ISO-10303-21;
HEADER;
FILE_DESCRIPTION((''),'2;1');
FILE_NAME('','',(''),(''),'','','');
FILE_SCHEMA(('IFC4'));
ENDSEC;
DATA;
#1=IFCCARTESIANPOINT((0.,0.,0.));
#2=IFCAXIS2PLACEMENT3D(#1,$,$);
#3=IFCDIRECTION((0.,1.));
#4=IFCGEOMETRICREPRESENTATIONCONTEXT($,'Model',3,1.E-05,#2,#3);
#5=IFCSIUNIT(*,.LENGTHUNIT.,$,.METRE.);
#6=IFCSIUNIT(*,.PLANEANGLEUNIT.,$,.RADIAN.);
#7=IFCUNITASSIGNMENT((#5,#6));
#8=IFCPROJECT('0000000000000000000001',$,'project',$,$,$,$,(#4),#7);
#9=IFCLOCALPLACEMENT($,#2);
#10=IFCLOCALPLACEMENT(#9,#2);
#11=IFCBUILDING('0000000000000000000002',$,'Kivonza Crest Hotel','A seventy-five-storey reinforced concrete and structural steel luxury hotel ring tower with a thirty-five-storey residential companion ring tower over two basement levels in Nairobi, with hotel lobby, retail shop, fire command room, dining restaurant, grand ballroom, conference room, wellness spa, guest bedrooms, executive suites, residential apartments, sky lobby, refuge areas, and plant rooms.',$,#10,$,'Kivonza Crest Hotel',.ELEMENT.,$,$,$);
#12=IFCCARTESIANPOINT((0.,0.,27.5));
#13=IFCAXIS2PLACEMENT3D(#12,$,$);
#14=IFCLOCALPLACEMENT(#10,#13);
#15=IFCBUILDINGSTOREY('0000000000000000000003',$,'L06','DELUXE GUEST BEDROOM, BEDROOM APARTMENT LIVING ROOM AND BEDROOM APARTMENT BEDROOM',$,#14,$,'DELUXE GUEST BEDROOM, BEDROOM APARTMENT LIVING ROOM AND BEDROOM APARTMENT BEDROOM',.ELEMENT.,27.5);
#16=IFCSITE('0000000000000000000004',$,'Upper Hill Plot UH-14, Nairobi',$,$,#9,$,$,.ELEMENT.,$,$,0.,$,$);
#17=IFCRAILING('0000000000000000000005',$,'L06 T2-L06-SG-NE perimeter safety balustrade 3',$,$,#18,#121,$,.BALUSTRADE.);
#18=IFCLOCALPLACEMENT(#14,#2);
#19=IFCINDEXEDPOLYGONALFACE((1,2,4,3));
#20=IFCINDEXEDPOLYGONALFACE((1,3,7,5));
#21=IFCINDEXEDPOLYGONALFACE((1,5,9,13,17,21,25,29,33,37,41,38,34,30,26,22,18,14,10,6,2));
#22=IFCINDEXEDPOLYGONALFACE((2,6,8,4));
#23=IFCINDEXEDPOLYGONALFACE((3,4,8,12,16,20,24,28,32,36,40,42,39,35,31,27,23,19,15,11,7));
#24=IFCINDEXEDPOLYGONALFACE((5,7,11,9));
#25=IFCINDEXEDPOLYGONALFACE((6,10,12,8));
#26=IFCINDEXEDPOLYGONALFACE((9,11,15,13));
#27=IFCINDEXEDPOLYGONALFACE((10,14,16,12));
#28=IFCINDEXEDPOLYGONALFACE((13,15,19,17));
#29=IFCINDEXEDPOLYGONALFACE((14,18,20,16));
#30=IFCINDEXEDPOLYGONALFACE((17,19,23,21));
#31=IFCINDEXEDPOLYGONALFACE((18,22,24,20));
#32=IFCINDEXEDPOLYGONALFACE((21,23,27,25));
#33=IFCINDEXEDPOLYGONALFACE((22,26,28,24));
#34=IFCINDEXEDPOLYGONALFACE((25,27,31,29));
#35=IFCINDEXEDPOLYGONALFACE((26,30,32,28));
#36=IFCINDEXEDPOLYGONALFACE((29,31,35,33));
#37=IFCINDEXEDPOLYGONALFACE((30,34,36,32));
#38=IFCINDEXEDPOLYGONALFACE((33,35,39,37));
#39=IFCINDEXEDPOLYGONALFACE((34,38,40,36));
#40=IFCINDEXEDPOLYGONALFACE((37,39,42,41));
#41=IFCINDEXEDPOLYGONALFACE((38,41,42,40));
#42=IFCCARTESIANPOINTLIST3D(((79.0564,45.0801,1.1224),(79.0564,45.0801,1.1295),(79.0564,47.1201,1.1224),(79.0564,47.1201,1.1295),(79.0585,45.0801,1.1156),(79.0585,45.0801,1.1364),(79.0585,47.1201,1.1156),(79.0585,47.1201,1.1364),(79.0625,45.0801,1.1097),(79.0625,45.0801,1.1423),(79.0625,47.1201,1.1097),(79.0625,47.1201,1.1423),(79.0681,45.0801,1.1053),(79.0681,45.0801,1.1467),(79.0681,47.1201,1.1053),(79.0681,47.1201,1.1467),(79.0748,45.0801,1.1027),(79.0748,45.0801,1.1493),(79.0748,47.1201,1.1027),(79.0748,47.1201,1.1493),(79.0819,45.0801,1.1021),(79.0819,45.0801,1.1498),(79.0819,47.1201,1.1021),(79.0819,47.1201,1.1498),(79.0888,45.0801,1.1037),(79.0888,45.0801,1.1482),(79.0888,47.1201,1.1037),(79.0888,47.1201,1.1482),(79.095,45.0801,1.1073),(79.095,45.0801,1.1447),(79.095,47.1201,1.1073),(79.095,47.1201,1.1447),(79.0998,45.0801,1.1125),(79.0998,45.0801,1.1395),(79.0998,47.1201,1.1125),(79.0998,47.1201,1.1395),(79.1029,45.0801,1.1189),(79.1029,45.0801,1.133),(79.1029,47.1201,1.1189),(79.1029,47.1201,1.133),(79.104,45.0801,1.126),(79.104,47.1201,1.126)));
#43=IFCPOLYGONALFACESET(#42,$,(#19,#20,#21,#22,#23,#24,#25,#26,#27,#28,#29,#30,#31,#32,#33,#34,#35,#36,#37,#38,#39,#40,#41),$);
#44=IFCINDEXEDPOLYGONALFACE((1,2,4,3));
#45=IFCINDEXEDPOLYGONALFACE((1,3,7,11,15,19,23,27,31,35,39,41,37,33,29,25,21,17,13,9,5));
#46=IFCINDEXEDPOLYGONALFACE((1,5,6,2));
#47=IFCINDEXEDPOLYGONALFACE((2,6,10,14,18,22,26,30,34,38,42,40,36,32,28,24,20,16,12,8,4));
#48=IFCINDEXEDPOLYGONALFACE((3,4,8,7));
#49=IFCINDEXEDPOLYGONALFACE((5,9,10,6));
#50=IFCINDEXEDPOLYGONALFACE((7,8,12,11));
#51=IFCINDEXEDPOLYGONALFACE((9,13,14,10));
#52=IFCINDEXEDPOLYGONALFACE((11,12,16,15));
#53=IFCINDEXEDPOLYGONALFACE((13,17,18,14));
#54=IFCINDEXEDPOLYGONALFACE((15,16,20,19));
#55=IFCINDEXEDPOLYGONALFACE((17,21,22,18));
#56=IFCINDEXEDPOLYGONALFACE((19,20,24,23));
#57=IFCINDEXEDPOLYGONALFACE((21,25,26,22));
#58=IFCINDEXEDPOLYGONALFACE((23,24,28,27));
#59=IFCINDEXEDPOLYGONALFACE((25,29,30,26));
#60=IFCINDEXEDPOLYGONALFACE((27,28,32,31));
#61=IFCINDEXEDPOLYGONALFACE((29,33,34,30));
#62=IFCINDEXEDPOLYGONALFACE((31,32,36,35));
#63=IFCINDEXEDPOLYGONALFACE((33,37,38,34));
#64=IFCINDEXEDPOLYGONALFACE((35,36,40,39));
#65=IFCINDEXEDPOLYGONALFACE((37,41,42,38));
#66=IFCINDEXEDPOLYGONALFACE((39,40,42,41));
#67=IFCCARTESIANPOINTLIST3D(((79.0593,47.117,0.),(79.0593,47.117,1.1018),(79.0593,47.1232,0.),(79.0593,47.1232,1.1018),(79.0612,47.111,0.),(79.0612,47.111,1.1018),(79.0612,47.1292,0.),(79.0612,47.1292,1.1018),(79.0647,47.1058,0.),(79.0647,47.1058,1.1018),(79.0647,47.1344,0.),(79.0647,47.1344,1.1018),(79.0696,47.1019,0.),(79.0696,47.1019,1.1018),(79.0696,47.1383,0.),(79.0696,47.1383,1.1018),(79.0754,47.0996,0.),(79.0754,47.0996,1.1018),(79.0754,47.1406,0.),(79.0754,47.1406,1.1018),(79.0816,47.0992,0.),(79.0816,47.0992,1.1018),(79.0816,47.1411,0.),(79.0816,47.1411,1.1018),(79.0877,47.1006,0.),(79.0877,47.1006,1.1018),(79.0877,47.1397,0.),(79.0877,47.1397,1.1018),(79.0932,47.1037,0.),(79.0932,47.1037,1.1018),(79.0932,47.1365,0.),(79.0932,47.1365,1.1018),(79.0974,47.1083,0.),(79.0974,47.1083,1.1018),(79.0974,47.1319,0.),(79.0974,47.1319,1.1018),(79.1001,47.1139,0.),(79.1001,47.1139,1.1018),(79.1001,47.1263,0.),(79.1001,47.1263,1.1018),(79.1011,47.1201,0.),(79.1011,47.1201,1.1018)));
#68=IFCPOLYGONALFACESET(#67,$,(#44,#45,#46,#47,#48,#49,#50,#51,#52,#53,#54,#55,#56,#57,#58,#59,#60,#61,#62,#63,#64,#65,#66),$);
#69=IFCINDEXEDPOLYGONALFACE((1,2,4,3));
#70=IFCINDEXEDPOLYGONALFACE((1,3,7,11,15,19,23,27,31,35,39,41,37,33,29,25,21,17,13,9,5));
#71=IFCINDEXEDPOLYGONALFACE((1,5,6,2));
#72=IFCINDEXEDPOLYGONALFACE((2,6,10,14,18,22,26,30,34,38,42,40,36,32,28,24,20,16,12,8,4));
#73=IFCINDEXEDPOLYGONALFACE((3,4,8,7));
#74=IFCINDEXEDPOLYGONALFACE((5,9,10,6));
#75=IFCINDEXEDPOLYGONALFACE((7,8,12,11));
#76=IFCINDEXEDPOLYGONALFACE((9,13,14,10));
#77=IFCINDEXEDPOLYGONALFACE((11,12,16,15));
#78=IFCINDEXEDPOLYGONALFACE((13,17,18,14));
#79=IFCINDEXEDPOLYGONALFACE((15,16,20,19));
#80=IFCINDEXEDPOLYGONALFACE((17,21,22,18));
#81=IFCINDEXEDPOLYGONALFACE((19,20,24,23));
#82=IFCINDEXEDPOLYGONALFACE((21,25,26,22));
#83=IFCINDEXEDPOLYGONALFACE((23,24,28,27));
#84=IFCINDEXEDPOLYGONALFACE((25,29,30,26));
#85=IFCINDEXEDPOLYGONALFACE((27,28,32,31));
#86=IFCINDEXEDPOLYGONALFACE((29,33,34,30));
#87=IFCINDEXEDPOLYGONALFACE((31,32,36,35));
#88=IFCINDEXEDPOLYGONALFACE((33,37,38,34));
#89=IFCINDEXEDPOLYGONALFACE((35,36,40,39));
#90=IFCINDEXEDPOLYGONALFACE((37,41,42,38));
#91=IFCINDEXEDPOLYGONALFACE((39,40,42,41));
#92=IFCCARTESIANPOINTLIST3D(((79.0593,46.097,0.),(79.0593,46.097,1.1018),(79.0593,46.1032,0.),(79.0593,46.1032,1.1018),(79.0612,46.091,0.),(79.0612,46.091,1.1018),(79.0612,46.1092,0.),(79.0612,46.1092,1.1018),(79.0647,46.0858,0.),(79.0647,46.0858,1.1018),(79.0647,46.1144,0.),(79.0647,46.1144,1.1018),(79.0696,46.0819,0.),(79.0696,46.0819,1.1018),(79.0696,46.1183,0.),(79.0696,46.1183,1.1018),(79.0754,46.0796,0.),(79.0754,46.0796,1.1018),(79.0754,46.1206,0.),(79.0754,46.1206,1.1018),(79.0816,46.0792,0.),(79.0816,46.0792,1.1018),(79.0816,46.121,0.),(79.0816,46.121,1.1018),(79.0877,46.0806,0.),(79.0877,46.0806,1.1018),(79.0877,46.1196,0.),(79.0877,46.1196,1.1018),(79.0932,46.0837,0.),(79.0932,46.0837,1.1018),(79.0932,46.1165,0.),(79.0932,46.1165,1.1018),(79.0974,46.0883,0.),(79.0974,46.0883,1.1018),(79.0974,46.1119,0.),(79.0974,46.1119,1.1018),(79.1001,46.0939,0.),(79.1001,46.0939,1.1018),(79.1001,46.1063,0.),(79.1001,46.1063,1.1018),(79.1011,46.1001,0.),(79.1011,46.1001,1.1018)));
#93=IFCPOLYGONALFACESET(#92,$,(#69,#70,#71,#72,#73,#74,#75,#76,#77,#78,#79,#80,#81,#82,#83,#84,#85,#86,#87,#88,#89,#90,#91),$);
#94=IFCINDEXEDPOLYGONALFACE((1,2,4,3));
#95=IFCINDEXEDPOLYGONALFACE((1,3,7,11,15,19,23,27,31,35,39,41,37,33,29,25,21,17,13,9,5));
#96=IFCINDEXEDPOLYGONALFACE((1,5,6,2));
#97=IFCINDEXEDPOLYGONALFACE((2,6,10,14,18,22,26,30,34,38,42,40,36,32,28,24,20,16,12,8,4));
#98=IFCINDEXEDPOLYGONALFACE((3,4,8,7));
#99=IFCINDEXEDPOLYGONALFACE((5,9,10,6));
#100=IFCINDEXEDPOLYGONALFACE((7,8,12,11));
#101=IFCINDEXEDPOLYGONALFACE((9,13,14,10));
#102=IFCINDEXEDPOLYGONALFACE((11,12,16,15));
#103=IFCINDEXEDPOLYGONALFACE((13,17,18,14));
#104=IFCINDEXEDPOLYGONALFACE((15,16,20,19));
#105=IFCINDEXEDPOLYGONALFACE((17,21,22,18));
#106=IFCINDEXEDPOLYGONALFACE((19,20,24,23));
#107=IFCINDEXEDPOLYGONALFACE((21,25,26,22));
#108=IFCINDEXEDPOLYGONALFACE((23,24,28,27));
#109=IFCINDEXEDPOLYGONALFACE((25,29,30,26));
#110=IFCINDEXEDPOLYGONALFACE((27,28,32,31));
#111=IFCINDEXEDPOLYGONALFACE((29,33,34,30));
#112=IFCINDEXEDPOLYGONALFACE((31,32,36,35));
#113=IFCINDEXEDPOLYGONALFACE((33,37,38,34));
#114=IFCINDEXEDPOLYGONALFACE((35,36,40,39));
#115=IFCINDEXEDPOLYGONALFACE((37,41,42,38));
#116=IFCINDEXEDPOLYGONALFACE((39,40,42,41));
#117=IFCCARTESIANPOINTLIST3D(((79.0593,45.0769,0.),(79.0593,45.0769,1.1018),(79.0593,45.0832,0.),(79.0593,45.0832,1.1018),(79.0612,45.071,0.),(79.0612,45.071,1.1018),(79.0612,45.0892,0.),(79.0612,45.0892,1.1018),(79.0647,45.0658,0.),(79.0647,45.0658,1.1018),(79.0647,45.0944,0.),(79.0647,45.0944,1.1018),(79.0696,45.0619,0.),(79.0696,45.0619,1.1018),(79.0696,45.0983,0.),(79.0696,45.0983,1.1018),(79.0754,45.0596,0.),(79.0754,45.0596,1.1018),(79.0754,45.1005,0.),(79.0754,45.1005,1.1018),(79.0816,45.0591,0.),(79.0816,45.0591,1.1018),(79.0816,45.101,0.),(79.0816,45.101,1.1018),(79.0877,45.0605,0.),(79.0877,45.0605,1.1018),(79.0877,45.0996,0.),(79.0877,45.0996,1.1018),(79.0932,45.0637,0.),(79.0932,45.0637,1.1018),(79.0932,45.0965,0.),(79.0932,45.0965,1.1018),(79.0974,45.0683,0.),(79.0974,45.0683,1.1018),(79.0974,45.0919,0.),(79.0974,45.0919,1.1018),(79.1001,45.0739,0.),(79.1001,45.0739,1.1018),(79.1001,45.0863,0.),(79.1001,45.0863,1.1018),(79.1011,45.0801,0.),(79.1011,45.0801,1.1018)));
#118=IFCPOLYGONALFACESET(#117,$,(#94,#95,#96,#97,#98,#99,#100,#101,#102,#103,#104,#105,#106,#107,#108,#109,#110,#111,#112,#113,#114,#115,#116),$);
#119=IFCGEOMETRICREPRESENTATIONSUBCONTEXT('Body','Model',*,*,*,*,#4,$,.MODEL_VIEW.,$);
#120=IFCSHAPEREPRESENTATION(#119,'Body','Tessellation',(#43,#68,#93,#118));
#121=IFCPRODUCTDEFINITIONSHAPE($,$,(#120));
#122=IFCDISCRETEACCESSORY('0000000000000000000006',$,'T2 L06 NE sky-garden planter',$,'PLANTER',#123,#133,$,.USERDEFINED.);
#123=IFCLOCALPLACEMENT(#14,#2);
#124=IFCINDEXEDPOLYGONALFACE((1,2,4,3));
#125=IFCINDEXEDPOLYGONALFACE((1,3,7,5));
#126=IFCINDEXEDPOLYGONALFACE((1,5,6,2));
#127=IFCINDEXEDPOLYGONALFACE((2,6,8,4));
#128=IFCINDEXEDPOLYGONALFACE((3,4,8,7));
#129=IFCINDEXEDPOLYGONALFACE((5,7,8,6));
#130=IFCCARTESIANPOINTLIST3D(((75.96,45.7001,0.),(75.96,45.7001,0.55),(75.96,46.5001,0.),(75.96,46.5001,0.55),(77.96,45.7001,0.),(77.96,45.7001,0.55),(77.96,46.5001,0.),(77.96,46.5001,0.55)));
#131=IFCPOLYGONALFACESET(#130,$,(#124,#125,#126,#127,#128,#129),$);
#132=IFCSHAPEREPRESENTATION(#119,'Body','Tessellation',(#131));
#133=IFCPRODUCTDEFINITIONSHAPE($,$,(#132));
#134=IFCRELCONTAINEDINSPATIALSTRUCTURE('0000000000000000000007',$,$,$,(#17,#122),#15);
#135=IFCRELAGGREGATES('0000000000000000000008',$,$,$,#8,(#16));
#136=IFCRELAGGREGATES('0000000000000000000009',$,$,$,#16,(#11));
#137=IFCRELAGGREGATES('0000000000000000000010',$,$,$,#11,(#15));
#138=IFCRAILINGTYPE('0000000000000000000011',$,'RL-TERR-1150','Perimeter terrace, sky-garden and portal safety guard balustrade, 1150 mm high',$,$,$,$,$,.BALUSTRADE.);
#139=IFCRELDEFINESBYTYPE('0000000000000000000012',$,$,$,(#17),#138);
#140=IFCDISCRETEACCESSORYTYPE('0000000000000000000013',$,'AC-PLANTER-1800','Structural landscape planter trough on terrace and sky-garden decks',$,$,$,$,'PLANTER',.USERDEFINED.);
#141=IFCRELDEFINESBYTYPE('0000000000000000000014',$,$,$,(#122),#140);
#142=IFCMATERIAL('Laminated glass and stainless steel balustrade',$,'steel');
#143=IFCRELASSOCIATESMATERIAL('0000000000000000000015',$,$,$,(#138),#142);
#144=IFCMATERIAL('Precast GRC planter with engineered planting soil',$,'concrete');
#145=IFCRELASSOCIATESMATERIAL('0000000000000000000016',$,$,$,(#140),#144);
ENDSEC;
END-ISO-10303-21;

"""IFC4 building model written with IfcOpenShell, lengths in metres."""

from ifc_helpers import new_model, si_unit, direction, frame, origin, origin_2d, place, context, subcontext, project, spatial, rectangle, circle, extrude, material, type_object, element, save


model = new_model("IFC4")

# Units and contexts
model_context = context("Model", 3, precision=1e-05, world=origin(), true_north=direction((0.0, 1.0)))
body_context = subcontext(model_context, "Body", "Model", "MODEL_VIEW")
ifc_project = project(units=[si_unit("LENGTHUNIT", "METRE"), si_unit("PLANEANGLEUNIT", "RADIAN")], contexts=[model_context])

# Site, building, storey
site_placement = place(None, origin())
site = spatial("IfcSite", under=ifc_project, at=site_placement, Name="Upper Hill Plot UH-14, Nairobi", CompositionType="ELEMENT", RefElevation=0.0)
building_placement = place(site_placement, origin())
building = spatial("IfcBuilding", under=site, at=building_placement, Name="Kivonza Crest Hotel", Description="A seventy-five-storey reinforced concrete and structural steel luxury hotel ring tower with a thirty-five-storey residential companion ring tower over two basement levels in Nairobi, with hotel lobby, retail shop, fire command room, dining restaurant, grand ballroom, conference room, wellness spa, guest bedrooms, executive suites, residential apartments, sky lobby, refuge areas, and plant rooms.", LongName="Kivonza Crest Hotel", CompositionType="ELEMENT")
storey_placement = place(building_placement, frame((0.0, 0.0, 27.5)))
storey = spatial("IfcBuildingStorey", under=building, at=storey_placement, Name="L06", Description="DELUXE GUEST BEDROOM, BEDROOM APARTMENT LIVING ROOM AND BEDROOM APARTMENT BEDROOM", LongName="DELUXE GUEST BEDROOM, BEDROOM APARTMENT LIVING ROOM AND BEDROOM APARTMENT BEDROOM", CompositionType="ELEMENT", Elevation=27.5)

# Railing
ifc_material_1 = material(Name="Laminated glass and stainless steel balustrade", Category="steel")
railing_type = type_object("IfcRailingType", Name="RL-TERR-1150", Description="Perimeter terrace, sky-garden and portal safety guard balustrade, 1150 mm high", PredefinedType="BALUSTRADE", material=ifc_material_1)
railing_1_placement = place(storey_placement, frame((79.0801, 47.1201, 0.0)))
element("IfcRailing", 1, at=railing_1_placement, inside=storey, type_object=railing_type, Name="L06 T2-L06-SG-NE perimeter safety balustrade 3", PredefinedType="BALUSTRADE", context=body_context, shape_type="SweptSolid", body=[
    extrude(circle(Radius=0.0239, at=origin_2d()), frame((0.0, 0.0, 1.126), z_axis=(0.0, -1.0, 0.0), x_axis=(1.0, 0.0, 0.0)), (0.0, 0.0, 1.0), 2.04),
    extrude(circle(Radius=0.021, at=origin_2d()), origin(), (0.0, 0.0, 1.0), 1.1018),
    extrude(circle(Radius=0.021, at=origin_2d()), frame((0.0, -1.02, 0.0)), (0.0, 0.0, 1.0), 1.1018),
    extrude(circle(Radius=0.021, at=origin_2d()), frame((0.0, -2.04, 0.0)), (0.0, 0.0, 1.0), 1.1018),
])

# Discrete accessory
ifc_material_2 = material(Name="Precast GRC planter with engineered planting soil", Category="concrete")
discrete_accessory_type = type_object("IfcDiscreteAccessoryType", Name="AC-PLANTER-1800", Description="Structural landscape planter trough on terrace and sky-garden decks", ElementType="PLANTER", PredefinedType="USERDEFINED", material=ifc_material_2)
discrete_accessory_placement = place(storey_placement, frame((76.96, 46.1001, 0.0), z_axis=(0.0, 0.0, 1.0), x_axis=(1.0, 0.0, 0.0)))
element("IfcDiscreteAccessory", 2, at=discrete_accessory_placement, inside=storey, type_object=discrete_accessory_type, Name="T2 L06 NE sky-garden planter", ObjectType="PLANTER", PredefinedType="USERDEFINED", context=body_context, shape_type="SweptSolid", body=[
    extrude(rectangle(XDim=2.0, YDim=0.8, at=origin_2d()), origin(), (0.0, 0.0, 1.0), 0.55),
])

save(model, "model.ifc")
